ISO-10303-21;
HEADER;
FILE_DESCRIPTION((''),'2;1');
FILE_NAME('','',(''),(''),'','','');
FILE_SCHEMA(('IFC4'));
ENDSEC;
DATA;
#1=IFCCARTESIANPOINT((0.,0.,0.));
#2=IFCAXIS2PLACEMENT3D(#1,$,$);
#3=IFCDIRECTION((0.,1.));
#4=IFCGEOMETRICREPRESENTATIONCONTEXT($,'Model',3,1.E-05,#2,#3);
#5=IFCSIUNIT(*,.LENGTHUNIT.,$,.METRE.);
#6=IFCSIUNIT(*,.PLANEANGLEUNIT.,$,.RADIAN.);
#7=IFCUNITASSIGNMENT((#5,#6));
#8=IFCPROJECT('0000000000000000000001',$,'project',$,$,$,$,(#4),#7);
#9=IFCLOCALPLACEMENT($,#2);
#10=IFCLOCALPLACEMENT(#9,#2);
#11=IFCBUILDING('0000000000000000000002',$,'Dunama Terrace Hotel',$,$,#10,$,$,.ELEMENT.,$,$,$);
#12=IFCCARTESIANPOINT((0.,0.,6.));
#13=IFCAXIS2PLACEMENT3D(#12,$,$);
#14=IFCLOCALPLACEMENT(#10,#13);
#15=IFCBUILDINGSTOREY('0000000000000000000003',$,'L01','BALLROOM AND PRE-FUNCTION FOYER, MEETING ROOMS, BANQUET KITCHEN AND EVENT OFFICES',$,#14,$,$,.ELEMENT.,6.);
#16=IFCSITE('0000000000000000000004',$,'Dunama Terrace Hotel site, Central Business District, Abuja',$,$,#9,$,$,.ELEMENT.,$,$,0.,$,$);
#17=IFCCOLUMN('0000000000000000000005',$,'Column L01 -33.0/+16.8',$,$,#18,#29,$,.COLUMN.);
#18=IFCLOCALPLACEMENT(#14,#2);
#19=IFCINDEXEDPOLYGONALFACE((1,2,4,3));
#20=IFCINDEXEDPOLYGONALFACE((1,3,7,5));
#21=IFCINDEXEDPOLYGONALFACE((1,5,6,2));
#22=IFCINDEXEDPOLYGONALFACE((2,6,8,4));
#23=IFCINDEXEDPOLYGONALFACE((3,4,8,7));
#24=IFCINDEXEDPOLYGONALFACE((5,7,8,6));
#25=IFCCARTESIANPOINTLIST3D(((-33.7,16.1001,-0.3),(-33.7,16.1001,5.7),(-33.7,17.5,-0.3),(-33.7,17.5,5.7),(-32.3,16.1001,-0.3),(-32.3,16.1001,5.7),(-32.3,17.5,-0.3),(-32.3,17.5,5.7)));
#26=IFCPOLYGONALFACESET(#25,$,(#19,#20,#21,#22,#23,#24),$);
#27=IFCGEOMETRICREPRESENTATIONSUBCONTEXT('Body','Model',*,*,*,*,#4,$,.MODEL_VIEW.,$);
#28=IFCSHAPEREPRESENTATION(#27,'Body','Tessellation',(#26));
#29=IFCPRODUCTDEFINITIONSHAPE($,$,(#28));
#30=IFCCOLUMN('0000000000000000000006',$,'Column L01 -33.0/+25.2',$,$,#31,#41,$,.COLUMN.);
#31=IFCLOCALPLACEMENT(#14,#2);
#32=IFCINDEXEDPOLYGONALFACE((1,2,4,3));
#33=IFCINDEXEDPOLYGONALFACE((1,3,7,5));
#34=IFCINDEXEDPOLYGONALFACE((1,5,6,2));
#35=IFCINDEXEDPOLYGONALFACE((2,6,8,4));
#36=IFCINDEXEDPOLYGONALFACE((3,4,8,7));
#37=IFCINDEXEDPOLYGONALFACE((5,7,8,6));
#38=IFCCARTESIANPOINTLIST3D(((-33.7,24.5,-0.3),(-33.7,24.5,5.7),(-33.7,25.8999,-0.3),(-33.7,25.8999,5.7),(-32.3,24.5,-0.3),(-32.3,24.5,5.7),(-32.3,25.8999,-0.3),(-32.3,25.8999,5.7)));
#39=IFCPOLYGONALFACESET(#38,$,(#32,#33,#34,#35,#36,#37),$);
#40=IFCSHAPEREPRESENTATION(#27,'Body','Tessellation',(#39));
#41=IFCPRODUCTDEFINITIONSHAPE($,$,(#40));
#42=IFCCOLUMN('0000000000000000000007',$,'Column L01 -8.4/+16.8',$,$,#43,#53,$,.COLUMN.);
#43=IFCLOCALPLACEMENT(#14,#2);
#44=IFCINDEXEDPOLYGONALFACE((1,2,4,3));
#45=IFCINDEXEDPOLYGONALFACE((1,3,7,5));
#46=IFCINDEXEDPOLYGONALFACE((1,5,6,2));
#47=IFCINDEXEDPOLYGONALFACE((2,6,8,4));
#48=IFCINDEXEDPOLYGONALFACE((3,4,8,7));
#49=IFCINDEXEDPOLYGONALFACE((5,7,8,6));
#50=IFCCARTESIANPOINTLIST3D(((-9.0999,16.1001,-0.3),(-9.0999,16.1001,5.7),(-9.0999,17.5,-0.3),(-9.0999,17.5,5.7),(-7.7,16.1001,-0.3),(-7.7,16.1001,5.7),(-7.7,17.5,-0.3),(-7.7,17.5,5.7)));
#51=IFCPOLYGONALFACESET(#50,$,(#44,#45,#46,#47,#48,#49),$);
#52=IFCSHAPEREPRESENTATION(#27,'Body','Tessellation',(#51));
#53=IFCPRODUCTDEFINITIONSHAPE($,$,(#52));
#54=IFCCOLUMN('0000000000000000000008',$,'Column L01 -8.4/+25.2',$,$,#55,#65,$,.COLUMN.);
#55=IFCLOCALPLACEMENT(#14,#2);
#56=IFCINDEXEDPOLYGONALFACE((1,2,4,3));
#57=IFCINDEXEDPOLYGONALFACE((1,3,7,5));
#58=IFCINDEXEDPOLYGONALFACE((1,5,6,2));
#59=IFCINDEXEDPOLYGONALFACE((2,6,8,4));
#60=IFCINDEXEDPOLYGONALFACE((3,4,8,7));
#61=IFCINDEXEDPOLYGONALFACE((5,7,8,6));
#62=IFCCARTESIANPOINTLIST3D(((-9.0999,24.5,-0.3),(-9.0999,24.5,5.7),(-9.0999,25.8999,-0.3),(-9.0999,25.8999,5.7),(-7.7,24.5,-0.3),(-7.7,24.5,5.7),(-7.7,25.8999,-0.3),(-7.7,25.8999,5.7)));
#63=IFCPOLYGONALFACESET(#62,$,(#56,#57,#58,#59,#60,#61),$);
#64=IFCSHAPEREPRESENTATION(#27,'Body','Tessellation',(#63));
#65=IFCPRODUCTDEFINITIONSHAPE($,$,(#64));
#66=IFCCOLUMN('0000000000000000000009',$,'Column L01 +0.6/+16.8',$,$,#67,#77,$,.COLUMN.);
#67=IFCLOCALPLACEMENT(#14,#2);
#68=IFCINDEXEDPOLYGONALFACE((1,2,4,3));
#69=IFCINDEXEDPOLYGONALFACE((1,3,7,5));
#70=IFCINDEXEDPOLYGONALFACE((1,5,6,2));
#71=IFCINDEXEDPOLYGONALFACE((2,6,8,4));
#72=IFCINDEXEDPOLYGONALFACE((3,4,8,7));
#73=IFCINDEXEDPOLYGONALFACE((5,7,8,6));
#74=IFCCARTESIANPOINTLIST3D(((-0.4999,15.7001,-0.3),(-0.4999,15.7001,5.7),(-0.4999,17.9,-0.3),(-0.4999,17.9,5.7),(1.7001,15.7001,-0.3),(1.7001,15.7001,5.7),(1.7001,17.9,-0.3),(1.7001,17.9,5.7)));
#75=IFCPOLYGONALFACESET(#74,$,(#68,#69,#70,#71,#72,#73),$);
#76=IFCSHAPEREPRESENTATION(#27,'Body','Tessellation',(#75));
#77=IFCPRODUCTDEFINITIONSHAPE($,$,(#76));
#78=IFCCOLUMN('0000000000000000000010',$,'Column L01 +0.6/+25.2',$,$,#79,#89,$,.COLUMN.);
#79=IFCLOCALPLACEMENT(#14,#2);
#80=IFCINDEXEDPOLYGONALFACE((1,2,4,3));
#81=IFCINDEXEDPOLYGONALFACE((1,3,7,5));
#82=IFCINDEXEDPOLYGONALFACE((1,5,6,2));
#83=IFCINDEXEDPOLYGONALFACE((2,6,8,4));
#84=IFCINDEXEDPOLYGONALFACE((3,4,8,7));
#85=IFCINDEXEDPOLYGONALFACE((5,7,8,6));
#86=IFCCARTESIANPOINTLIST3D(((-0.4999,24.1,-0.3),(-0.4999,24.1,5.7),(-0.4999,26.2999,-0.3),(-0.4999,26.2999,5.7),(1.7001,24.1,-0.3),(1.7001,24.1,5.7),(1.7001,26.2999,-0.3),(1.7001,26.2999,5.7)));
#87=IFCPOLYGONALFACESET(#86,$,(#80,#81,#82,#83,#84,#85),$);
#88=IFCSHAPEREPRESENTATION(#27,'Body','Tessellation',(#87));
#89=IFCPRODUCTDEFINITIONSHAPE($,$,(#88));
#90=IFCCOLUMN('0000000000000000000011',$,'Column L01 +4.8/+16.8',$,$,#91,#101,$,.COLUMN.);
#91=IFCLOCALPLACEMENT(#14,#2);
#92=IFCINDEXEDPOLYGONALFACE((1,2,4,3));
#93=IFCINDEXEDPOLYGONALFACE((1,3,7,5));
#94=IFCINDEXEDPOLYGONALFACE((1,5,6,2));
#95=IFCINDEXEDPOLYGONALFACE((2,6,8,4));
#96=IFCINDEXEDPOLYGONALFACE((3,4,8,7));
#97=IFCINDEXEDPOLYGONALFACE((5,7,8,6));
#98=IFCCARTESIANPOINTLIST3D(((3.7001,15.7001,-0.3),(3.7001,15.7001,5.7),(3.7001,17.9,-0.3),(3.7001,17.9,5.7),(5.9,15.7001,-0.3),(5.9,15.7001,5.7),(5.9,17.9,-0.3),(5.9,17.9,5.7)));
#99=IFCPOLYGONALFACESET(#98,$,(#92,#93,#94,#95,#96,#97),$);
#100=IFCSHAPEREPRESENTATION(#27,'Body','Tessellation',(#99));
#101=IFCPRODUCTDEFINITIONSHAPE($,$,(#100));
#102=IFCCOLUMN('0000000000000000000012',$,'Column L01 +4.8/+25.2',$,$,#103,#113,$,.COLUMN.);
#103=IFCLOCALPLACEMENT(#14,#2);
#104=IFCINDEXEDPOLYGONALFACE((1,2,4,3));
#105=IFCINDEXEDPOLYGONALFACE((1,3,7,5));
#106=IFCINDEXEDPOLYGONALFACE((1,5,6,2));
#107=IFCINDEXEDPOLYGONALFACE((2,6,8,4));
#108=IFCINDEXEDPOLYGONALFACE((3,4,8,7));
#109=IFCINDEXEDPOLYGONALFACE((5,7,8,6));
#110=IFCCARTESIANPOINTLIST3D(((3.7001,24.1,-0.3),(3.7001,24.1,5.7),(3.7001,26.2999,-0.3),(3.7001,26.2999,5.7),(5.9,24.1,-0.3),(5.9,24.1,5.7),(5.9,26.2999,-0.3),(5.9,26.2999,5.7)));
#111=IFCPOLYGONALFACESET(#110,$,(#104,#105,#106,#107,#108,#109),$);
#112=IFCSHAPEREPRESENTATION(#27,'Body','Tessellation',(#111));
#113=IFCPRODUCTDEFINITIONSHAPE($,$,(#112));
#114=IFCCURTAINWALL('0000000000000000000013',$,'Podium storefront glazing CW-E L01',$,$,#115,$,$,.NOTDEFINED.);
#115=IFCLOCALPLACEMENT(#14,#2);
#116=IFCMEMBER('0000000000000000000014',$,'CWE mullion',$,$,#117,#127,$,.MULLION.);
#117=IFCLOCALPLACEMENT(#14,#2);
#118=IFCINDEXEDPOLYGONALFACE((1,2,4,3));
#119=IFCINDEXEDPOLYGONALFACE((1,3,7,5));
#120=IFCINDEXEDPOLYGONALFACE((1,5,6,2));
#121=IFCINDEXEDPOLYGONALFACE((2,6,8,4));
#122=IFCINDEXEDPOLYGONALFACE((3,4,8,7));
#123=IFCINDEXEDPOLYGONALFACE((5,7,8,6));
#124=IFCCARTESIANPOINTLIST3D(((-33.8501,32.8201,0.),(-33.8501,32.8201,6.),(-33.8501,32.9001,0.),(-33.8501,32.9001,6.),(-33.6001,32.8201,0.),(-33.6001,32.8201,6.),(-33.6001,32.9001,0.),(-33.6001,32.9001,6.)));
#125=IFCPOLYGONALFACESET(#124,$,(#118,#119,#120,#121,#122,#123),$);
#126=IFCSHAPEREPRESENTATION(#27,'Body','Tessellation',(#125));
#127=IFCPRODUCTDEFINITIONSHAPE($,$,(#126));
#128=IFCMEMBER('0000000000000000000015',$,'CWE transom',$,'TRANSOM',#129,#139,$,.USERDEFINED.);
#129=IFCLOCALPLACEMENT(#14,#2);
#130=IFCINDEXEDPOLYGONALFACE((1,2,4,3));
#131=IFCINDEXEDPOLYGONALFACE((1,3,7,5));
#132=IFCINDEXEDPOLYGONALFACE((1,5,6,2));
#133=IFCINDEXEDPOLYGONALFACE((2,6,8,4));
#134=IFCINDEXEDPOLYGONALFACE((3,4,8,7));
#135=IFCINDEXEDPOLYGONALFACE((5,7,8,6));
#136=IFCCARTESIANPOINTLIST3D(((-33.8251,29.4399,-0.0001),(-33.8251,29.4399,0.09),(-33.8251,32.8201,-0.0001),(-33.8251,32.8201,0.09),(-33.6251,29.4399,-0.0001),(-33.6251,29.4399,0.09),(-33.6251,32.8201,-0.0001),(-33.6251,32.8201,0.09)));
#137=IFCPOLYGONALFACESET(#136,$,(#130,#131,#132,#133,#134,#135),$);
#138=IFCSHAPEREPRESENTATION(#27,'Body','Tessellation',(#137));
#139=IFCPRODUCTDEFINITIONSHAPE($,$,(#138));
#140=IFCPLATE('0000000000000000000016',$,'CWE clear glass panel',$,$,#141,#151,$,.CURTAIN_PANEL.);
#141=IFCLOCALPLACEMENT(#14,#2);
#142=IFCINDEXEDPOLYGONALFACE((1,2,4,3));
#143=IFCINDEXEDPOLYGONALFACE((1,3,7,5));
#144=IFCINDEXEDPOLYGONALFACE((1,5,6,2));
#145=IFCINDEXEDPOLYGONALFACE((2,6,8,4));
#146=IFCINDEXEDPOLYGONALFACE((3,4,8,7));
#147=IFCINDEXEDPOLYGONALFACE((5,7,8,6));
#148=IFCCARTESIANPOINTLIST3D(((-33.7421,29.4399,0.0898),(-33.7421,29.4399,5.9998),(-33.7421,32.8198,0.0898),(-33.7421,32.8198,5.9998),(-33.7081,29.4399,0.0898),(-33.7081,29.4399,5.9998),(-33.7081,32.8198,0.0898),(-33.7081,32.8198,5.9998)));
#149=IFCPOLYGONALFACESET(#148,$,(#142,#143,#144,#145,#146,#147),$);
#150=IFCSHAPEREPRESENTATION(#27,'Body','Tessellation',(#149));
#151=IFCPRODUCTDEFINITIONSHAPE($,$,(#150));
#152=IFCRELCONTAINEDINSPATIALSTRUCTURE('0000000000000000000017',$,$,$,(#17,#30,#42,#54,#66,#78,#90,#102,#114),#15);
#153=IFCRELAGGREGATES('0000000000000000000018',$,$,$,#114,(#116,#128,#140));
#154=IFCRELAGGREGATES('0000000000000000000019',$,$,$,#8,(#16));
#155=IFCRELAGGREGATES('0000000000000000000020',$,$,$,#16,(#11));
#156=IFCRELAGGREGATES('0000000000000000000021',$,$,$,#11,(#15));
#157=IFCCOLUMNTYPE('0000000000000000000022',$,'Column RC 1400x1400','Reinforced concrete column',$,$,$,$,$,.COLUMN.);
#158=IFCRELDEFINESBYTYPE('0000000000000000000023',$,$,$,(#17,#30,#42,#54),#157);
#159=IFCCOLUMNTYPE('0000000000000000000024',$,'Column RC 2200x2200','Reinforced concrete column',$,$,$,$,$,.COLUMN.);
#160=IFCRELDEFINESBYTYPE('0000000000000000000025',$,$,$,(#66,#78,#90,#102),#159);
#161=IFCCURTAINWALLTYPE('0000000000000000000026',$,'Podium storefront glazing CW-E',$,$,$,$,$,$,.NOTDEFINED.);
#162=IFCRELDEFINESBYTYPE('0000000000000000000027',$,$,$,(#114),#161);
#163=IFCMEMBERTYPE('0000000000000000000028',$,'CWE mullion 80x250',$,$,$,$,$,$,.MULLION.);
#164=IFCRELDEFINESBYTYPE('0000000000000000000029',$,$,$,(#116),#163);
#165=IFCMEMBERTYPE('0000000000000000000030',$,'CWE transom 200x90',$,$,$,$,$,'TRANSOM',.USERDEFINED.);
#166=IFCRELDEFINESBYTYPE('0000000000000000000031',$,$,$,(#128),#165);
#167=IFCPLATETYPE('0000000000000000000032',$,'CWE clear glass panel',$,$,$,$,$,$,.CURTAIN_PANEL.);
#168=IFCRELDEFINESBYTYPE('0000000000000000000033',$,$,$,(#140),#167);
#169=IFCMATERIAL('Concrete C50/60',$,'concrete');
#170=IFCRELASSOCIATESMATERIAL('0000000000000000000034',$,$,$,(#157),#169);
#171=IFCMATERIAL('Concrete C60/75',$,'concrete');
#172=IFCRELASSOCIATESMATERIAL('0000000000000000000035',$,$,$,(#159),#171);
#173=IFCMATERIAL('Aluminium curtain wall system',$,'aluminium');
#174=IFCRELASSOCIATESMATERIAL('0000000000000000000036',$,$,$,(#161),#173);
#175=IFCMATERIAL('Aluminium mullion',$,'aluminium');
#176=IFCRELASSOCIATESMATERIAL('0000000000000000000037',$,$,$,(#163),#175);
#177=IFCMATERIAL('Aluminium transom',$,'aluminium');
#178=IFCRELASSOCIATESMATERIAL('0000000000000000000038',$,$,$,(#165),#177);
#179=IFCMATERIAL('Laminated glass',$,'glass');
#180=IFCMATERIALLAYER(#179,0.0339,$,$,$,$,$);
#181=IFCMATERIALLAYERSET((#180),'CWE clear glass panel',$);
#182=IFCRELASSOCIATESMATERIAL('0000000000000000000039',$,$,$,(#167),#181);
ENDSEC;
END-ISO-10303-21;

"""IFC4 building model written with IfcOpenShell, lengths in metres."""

from ifc_helpers import new_model, si_unit, direction, frame, origin, origin_2d, place, context, subcontext, project, spatial, rectangle, extrude, material, layer, layer_set, material_profile, profile_set, type_object, element, aggregate, save


model = new_model("IFC4")

# Units and contexts
model_context = context("Model", 3, precision=1e-05, world=origin(), true_north=direction((0.0, 1.0)))
body_context = subcontext(model_context, "Body", "Model", "MODEL_VIEW")
ifc_project = project(units=[si_unit("LENGTHUNIT", "METRE"), si_unit("PLANEANGLEUNIT", "RADIAN")], contexts=[model_context])

# Site, building, storey
site_placement = place(None, origin())
site = spatial("IfcSite", under=ifc_project, at=site_placement, Name="Dunama Terrace Hotel site, Central Business District, Abuja", CompositionType="ELEMENT", RefElevation=0.0)
building_placement = place(site_placement, origin())
building = spatial("IfcBuilding", under=site, at=building_placement, Name="Dunama Terrace Hotel", CompositionType="ELEMENT")
storey_placement = place(building_placement, frame((0.0, 0.0, 6.0)))
storey = spatial("IfcBuildingStorey", under=building, at=storey_placement, Name="L01", Description="BALLROOM AND PRE-FUNCTION FOYER, MEETING ROOMS, BANQUET KITCHEN AND EVENT OFFICES", CompositionType="ELEMENT", Elevation=6.0)

# Columns
ifc_material_1 = material(Name="Concrete C50/60", Category="concrete")
ifc_material_profile_1 = material_profile(ifc_material_1, rectangle(XDim=1.3999, YDim=1.3999, at=origin_2d()), Name="RC 1400x1400")
ifc_profile_set_1 = profile_set([ifc_material_profile_1], Name="Concrete C50/60")
column_type_1 = type_object("IfcColumnType", Name="Column RC 1400x1400", Description="Reinforced concrete column", PredefinedType="COLUMN", material=ifc_profile_set_1)
for number, where, z_axis, x_axis, name in (
    (1, (-33.0, 16.8, -0.3), (0.0, 0.0, 1.0), (1.0, 0.0, 0.0), "Column L01 -33.0/+16.8"),
    (2, (-33.0, 25.2, -0.3), (0.0, 0.0, 1.0), (1.0, 0.0, 0.0), "Column L01 -33.0/+25.2"),
    (3, (-8.3999, 16.8, -0.3), (0.0, 0.0, 1.0), (1.0, 0.0, 0.0), "Column L01 -8.4/+16.8"),
    (4, (-8.3999, 25.2, -0.3), (0.0, 0.0, 1.0), (1.0, 0.0, 0.0), "Column L01 -8.4/+25.2"),
):
    element("IfcColumn", number, at=place(storey_placement, frame(where, z_axis=z_axis, x_axis=x_axis)), inside=storey, type_object=column_type_1, Name=name, PredefinedType="COLUMN", context=body_context, shape_type="SweptSolid", body=[
        extrude(rectangle(XDim=1.3999, YDim=1.3999, at=origin_2d()), origin(), (0.0, 0.0, 1.0), 6.0),
    ])
ifc_material_2 = material(Name="Concrete C60/75", Category="concrete")
ifc_material_profile_2 = material_profile(ifc_material_2, rectangle(XDim=2.2, YDim=2.2, at=origin_2d()), Name="RC 2200x2200")
ifc_profile_set_2 = profile_set([ifc_material_profile_2], Name="Concrete C60/75")
column_type_2 = type_object("IfcColumnType", Name="Column RC 2200x2200", Description="Reinforced concrete column", PredefinedType="COLUMN", material=ifc_profile_set_2)
for number, where, z_axis, x_axis, name in (
    (5, (0.6001, 16.8, -0.3), (0.0, 0.0, 1.0), (1.0, 0.0, 0.0), "Column L01 +0.6/+16.8"),
    (6, (0.6001, 25.2, -0.3), (0.0, 0.0, 1.0), (1.0, 0.0, 0.0), "Column L01 +0.6/+25.2"),
    (7, (4.8, 16.8, -0.3), (0.0, 0.0, 1.0), (1.0, 0.0, 0.0), "Column L01 +4.8/+16.8"),
    (8, (4.8, 25.2, -0.3), (0.0, 0.0, 1.0), (1.0, 0.0, 0.0), "Column L01 +4.8/+25.2"),
):
    element("IfcColumn", number, at=place(storey_placement, frame(where, z_axis=z_axis, x_axis=x_axis)), inside=storey, type_object=column_type_2, Name=name, PredefinedType="COLUMN", context=body_context, shape_type="SweptSolid", body=[
        extrude(rectangle(XDim=2.2, YDim=2.2, at=origin_2d()), origin(), (0.0, 0.0, 1.0), 6.0),
    ])

# Curtain wall, members, plate
ifc_material_3 = material(Name="Aluminium curtain wall system", Category="aluminium")
curtain_wall_type = type_object("IfcCurtainWallType", Name="Podium storefront glazing CW-E", PredefinedType="NOTDEFINED", material=ifc_material_3)
curtain_wall_placement = place(storey_placement, origin())
curtain_wall = element("IfcCurtainWall", 9, at=curtain_wall_placement, inside=storey, type_object=curtain_wall_type, Name="Podium storefront glazing CW-E L01", PredefinedType="NOTDEFINED")
ifc_material_4 = material(Name="Aluminium mullion", Category="aluminium")
ifc_material_profile_3 = material_profile(ifc_material_4, rectangle(XDim=0.0801, YDim=0.25, at=origin_2d()), Name="CWE MULLION 80X250")
ifc_profile_set_3 = profile_set([ifc_material_profile_3], Name="Aluminium mullion")
member_type_1 = type_object("IfcMemberType", Name="CWE mullion 80x250", PredefinedType="MULLION", material=ifc_profile_set_3)
member_1_placement = place(storey_placement, frame((-33.7251, 32.8601, 0.0), z_axis=(0.0, 0.0, 1.0), x_axis=(0.0, -1.0, 0.0)))
member_1 = element("IfcMember", 10, at=member_1_placement, type_object=member_type_1, Name="CWE mullion", PredefinedType="MULLION", context=body_context, shape_type="SweptSolid", body=[
    extrude(rectangle(XDim=0.0801, YDim=0.25, at=origin_2d()), origin(), (0.0, 0.0, 1.0), 6.0),
])
ifc_material_5 = material(Name="Aluminium transom", Category="aluminium")
ifc_material_profile_4 = material_profile(ifc_material_5, rectangle(XDim=0.2, YDim=0.0901, at=origin_2d()), Name="CWE TRANSOM 200X90")
ifc_profile_set_4 = profile_set([ifc_material_profile_4], Name="Aluminium transom")
member_type_2 = type_object("IfcMemberType", Name="CWE transom 200x90", ElementType="TRANSOM", PredefinedType="USERDEFINED", material=ifc_profile_set_4)
member_2_placement = place(storey_placement, frame((-33.7251, 32.8201, 0.0449), z_axis=(0.0, -1.0, 0.0), x_axis=(1.0, 0.0, 0.0)))
member_2 = element("IfcMember", 11, at=member_2_placement, type_object=member_type_2, Name="CWE transom", ObjectType="TRANSOM", PredefinedType="USERDEFINED", context=body_context, shape_type="SweptSolid", body=[
    extrude(rectangle(XDim=0.2, YDim=0.0901, at=origin_2d()), origin(), (0.0, 0.0, 1.0), 3.3801),
])
ifc_material_6 = material(Name="Laminated glass", Category="glass")
ifc_layer_1 = layer(ifc_material_6, 0.0339)
ifc_layer_set_1 = layer_set([ifc_layer_1], Name="CWE clear glass panel")
plate_type = type_object("IfcPlateType", Name="CWE clear glass panel", PredefinedType="CURTAIN_PANEL", material=ifc_layer_set_1)
plate_placement = place(storey_placement, frame((-33.7251, 31.1299, 0.0898), z_axis=(0.0, 0.0, 1.0), x_axis=(0.0, -1.0, 0.0)))
plate = element("IfcPlate", 12, at=plate_placement, type_object=plate_type, Name="CWE clear glass panel", PredefinedType="CURTAIN_PANEL", context=body_context, shape_type="SweptSolid", body=[
    extrude(rectangle(XDim=3.3799, YDim=0.0339, at=origin_2d()), origin(), (0.0, 0.0, 1.0), 5.9099),
])
aggregate(curtain_wall, [member_1, member_2, plate])

save(model, "model.ifc")
